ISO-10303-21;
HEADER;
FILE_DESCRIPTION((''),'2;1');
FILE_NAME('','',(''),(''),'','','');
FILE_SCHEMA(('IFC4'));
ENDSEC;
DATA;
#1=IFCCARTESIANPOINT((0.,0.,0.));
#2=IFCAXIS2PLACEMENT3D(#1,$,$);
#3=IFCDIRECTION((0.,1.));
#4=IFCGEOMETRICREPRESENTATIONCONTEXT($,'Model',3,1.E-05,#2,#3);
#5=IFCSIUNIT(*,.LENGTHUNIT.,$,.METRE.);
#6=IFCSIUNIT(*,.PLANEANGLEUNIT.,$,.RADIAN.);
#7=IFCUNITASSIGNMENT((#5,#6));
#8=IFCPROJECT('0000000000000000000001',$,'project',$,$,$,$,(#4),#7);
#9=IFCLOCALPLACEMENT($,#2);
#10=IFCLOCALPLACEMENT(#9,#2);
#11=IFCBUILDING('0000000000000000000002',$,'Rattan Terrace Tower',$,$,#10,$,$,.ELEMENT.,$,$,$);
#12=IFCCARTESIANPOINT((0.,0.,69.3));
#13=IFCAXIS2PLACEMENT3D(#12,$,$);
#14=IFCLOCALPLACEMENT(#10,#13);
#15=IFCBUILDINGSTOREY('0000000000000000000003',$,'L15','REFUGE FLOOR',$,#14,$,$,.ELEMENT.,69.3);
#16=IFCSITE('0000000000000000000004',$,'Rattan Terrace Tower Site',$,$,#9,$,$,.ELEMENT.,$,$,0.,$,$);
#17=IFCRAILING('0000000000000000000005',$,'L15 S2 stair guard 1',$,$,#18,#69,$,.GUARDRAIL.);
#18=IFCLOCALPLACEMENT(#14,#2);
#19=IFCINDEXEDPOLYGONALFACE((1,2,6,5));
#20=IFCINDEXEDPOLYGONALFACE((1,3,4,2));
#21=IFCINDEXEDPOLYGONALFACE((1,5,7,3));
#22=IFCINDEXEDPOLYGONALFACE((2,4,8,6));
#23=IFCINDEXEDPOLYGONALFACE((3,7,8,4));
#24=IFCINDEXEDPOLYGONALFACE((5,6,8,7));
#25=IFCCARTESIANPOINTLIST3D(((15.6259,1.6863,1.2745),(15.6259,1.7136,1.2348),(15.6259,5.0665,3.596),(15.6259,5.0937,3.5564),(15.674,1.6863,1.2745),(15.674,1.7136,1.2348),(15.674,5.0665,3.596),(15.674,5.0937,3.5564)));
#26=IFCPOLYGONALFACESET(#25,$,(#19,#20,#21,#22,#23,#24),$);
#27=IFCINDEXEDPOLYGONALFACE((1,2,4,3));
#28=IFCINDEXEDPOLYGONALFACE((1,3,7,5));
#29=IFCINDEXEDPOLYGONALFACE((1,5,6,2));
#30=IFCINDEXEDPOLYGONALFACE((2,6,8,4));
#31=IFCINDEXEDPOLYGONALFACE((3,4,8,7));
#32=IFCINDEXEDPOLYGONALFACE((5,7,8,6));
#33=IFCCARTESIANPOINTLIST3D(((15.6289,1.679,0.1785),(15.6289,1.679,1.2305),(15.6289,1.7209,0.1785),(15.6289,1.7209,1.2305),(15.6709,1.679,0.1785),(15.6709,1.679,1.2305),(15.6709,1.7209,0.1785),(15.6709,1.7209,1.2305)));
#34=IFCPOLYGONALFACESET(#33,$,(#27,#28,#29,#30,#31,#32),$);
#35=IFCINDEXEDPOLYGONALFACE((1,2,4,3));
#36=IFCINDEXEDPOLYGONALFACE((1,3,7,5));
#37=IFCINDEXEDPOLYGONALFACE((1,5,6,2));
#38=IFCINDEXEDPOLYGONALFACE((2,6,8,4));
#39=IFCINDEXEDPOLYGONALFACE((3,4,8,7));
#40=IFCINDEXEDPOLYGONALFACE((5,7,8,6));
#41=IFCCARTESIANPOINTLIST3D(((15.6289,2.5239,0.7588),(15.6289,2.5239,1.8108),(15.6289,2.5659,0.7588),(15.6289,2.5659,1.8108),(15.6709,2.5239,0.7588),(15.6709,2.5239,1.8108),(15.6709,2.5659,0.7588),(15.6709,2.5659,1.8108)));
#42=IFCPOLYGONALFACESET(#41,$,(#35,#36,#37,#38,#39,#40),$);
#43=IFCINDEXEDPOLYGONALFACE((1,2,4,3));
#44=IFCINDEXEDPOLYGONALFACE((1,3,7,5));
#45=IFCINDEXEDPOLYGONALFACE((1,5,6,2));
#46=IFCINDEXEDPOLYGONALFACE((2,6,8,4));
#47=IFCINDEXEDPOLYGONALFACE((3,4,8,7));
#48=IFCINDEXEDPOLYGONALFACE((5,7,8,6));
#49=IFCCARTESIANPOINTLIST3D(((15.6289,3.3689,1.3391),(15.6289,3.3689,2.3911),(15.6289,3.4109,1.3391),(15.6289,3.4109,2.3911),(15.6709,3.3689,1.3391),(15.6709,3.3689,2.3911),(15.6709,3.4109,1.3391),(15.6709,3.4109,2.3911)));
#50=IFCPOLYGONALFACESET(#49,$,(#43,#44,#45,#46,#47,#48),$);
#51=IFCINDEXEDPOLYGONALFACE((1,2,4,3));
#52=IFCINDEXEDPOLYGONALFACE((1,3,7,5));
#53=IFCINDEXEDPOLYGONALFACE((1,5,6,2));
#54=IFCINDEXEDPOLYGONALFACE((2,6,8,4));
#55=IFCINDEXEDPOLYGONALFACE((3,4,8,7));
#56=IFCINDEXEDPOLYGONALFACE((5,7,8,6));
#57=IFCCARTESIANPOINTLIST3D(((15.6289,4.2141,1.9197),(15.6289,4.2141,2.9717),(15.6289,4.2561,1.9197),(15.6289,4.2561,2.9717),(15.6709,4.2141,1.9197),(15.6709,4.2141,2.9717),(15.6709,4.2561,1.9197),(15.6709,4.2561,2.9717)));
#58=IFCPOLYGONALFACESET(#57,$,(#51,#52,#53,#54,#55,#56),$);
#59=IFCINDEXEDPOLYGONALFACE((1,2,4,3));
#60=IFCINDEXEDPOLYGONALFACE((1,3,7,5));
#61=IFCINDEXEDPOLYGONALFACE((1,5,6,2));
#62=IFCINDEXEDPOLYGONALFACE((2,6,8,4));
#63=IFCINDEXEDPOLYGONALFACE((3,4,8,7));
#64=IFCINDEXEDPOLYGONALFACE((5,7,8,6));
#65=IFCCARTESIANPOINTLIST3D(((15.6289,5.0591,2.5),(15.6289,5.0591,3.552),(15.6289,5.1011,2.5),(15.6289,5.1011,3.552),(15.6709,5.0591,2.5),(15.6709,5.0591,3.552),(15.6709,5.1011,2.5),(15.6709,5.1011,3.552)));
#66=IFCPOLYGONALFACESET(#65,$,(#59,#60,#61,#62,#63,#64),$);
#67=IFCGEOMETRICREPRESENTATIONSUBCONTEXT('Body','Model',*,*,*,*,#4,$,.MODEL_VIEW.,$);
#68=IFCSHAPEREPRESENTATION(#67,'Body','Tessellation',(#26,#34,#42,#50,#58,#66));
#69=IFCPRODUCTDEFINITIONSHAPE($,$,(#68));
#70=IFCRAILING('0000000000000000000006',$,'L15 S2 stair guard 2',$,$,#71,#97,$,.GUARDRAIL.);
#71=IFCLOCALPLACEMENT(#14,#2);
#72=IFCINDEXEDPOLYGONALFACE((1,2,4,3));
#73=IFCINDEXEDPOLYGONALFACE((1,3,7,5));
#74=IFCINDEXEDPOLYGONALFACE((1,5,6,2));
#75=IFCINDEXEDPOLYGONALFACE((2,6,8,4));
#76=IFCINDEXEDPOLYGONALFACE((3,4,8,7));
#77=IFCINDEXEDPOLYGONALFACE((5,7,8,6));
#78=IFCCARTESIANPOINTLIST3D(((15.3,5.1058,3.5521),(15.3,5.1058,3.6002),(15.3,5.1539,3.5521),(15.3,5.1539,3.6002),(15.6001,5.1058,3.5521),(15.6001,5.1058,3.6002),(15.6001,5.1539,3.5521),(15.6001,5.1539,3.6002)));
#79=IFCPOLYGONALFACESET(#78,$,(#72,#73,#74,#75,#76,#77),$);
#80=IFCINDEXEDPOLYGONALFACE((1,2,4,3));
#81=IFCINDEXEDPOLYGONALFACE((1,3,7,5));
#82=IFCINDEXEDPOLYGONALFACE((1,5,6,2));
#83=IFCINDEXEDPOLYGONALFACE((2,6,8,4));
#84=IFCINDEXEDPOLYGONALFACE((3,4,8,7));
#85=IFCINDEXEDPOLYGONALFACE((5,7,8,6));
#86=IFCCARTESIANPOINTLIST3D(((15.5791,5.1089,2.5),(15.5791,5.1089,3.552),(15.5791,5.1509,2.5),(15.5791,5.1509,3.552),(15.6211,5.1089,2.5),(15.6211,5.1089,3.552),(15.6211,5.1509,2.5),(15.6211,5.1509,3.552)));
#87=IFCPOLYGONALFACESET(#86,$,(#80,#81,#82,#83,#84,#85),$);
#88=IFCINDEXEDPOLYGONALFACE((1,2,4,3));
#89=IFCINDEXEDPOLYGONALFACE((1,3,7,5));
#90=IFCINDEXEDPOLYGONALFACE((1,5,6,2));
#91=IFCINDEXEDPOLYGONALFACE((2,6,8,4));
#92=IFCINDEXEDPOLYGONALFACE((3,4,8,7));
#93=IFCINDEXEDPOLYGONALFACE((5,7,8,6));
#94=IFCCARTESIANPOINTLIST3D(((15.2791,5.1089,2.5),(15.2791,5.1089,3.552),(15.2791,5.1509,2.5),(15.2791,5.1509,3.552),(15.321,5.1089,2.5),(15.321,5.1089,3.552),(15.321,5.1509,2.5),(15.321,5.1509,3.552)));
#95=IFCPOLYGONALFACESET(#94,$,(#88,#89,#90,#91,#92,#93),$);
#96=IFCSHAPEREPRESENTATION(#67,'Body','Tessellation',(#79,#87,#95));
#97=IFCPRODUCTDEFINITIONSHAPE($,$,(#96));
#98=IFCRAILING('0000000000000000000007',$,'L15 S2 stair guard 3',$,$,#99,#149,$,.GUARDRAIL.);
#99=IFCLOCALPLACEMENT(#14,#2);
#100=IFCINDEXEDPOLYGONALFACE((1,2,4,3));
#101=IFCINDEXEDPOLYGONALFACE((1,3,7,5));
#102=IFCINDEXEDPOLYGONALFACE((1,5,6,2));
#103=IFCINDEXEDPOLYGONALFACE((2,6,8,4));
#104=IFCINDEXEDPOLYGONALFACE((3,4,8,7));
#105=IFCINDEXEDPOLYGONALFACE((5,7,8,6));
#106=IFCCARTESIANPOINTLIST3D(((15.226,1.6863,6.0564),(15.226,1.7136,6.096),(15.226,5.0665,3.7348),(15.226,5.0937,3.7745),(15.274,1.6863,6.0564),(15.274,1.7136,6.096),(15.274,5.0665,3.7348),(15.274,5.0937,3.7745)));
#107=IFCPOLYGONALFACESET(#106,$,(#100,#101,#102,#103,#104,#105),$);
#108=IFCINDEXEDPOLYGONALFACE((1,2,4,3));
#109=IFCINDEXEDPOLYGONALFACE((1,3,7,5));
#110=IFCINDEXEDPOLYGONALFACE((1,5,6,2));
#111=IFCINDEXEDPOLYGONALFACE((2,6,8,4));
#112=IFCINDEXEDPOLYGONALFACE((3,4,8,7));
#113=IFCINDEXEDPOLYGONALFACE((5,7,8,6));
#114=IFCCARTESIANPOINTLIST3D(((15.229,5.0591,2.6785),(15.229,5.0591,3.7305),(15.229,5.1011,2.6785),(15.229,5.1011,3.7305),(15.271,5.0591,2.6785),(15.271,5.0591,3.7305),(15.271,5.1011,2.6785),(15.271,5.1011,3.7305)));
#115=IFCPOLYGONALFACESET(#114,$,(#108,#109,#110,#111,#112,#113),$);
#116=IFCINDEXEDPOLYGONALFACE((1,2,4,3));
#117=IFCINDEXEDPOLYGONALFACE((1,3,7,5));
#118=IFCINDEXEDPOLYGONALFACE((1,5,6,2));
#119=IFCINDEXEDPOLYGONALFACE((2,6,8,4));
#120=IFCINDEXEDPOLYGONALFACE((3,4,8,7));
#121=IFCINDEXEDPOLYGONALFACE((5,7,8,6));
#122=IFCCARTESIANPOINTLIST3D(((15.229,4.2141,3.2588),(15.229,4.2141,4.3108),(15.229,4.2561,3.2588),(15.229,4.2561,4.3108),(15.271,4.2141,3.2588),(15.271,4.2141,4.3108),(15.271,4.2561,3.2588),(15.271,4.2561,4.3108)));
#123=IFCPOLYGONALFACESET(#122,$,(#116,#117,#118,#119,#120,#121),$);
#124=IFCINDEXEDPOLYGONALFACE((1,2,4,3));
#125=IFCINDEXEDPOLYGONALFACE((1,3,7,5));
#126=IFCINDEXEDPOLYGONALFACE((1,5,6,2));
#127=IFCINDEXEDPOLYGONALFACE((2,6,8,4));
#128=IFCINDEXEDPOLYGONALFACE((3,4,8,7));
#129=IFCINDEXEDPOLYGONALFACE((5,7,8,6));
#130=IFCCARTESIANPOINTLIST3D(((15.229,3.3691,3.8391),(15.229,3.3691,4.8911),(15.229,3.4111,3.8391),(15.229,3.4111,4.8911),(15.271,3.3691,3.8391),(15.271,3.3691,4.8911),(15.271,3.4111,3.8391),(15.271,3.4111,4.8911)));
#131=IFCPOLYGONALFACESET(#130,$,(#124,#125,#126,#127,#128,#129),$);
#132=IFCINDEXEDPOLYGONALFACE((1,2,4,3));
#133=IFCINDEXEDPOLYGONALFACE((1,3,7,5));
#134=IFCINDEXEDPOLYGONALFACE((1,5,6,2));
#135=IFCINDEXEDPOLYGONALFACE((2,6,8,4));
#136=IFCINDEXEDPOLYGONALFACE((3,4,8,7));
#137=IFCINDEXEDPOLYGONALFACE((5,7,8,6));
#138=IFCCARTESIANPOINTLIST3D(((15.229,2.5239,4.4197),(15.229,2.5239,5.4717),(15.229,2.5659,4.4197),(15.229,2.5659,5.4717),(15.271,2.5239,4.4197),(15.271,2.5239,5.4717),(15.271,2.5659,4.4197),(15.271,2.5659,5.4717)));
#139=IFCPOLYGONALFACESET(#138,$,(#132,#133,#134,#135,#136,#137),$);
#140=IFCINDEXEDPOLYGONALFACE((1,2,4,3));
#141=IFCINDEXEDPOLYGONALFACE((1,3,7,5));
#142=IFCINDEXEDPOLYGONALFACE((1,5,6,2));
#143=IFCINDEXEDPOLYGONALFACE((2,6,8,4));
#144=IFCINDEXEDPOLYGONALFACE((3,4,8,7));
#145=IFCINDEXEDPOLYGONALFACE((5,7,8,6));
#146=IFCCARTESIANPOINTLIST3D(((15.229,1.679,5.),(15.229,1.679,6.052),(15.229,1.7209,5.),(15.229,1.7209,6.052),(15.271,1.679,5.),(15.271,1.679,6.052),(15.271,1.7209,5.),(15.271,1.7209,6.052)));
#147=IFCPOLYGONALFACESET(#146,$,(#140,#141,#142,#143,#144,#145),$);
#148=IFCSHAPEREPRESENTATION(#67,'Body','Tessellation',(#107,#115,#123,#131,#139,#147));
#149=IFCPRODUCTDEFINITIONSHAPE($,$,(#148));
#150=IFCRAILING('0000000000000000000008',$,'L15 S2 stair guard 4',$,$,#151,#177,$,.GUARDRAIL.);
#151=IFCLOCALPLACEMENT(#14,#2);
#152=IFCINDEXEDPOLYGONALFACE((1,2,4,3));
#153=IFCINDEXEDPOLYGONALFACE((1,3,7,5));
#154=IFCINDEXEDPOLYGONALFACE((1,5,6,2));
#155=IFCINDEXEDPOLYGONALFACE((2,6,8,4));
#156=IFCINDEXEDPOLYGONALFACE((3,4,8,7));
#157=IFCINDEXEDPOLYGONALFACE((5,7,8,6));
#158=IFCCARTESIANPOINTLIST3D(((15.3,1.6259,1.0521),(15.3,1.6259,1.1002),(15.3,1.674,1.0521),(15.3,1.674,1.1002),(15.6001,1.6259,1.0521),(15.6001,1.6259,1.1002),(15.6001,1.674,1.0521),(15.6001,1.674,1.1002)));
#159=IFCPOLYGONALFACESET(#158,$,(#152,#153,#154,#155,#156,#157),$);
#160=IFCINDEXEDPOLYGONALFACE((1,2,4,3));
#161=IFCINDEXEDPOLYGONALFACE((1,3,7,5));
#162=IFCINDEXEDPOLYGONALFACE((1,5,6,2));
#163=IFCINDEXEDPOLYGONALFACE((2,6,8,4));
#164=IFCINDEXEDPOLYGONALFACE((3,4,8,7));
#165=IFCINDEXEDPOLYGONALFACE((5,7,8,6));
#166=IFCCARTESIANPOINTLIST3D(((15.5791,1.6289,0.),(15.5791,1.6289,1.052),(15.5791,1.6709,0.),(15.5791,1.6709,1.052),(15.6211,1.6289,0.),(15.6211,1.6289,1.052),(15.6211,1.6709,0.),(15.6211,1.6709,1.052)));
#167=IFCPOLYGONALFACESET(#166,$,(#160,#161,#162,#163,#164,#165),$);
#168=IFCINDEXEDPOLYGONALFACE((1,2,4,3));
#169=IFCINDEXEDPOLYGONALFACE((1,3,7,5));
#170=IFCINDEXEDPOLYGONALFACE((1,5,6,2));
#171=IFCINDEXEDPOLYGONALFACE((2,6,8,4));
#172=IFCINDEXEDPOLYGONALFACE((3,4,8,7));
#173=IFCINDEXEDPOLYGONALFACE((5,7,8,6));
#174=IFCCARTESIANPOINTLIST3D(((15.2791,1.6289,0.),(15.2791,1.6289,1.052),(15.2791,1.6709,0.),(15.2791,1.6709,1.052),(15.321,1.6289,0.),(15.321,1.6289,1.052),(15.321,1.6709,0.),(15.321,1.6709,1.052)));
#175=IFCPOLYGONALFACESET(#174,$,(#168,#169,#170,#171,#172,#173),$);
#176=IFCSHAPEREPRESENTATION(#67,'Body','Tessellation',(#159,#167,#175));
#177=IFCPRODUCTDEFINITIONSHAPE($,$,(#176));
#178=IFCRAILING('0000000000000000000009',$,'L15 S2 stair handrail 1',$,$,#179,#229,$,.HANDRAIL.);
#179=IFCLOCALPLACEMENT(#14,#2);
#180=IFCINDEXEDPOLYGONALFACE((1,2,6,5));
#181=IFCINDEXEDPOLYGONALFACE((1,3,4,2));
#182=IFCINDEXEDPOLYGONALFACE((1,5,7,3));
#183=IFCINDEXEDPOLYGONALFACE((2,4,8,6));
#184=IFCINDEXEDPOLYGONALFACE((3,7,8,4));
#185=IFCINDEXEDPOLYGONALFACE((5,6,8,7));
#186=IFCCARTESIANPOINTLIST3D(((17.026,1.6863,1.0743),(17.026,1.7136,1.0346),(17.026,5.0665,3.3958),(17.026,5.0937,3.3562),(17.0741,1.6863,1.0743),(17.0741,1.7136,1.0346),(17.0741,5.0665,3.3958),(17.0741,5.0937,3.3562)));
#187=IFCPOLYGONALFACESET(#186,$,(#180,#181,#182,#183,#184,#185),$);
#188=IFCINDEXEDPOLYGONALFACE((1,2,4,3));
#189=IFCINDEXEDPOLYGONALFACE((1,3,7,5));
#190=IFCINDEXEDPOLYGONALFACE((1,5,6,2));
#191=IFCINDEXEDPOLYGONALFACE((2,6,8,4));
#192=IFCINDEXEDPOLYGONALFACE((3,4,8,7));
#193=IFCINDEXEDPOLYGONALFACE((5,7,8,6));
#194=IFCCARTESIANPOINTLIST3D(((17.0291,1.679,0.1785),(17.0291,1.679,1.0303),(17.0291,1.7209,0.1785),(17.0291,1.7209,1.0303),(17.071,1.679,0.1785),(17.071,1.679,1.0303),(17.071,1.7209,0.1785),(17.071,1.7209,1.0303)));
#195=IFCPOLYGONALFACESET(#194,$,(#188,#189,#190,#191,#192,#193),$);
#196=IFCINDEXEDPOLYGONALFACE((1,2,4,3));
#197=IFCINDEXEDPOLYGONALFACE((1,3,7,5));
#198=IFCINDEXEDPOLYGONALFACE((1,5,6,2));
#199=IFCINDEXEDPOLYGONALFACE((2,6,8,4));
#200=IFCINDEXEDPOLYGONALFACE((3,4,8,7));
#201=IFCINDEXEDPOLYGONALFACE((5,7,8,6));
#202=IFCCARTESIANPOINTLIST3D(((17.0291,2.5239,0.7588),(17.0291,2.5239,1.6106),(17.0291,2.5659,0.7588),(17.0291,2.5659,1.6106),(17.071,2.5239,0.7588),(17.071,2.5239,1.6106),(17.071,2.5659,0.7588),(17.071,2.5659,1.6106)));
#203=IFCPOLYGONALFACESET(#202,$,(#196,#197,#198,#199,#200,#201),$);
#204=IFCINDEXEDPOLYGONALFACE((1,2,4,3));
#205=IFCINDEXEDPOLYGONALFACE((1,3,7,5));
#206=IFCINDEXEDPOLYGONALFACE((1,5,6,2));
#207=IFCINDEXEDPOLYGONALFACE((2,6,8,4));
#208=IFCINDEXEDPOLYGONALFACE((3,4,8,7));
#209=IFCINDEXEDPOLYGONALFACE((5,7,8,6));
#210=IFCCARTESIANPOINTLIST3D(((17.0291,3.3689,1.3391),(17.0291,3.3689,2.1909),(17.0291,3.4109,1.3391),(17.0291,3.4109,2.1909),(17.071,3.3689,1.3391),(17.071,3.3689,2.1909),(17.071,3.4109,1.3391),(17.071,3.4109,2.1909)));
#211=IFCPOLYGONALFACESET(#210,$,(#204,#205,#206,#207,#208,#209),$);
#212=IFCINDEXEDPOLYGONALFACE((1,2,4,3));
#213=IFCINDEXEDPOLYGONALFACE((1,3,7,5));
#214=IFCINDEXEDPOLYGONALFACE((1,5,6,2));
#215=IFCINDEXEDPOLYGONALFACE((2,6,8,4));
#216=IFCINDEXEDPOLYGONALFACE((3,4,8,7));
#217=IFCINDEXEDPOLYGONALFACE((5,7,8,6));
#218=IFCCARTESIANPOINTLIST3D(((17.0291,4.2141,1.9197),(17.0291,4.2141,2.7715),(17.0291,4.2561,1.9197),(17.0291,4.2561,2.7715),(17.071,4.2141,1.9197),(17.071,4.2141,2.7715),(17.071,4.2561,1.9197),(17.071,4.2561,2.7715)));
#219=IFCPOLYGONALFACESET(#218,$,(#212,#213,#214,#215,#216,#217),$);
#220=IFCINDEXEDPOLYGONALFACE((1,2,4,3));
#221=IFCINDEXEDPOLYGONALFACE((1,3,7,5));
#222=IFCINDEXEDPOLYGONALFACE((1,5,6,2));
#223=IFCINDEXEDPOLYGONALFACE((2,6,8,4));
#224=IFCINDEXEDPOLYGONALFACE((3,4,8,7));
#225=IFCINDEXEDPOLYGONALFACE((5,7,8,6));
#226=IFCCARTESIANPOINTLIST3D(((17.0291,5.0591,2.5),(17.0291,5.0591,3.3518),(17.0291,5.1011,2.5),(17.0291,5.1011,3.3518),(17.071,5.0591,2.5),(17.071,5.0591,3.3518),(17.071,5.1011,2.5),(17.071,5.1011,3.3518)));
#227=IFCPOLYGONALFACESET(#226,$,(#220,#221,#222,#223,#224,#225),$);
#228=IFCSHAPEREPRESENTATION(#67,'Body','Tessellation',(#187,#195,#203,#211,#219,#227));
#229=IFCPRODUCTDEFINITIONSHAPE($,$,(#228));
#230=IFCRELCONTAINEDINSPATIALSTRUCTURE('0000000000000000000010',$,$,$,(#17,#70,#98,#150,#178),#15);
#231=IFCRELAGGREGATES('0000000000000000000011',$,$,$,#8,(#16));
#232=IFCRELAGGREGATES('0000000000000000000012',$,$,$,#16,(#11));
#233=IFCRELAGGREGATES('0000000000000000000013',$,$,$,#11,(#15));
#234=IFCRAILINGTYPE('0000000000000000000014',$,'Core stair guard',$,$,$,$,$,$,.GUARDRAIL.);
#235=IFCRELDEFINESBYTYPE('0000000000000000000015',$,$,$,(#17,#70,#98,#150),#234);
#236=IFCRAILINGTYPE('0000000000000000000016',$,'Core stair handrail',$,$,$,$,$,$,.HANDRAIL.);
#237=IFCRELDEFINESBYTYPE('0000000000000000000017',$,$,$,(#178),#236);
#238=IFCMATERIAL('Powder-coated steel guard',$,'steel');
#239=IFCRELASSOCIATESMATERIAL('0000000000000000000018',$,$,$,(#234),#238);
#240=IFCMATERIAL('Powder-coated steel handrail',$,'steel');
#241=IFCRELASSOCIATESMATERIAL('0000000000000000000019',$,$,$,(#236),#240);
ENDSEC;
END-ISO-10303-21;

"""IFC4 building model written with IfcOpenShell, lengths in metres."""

from ifc_helpers import new_model, si_unit, direction, frame, origin, origin_2d, place, context, subcontext, project, spatial, rectangle, extrude, material, type_object, element, save


model = new_model("IFC4")

# Units and contexts
model_context = context("Model", 3, precision=1e-05, world=origin(), true_north=direction((0.0, 1.0)))
body_context = subcontext(model_context, "Body", "Model", "MODEL_VIEW")
ifc_project = project(units=[si_unit("LENGTHUNIT", "METRE"), si_unit("PLANEANGLEUNIT", "RADIAN")], contexts=[model_context])

# Site, building, storey
site_placement = place(None, origin())
site = spatial("IfcSite", under=ifc_project, at=site_placement, Name="Rattan Terrace Tower Site", CompositionType="ELEMENT", RefElevation=0.0)
building_placement = place(site_placement, origin())
building = spatial("IfcBuilding", under=site, at=building_placement, Name="Rattan Terrace Tower", CompositionType="ELEMENT")
storey_placement = place(building_placement, frame((0.0, 0.0, 69.3)))
storey = spatial("IfcBuildingStorey", under=building, at=storey_placement, Name="L15", Description="REFUGE FLOOR", CompositionType="ELEMENT", Elevation=69.3)

# Railings
ifc_material_1 = material(Name="Powder-coated steel guard", Category="steel")
railing_type_1 = type_object("IfcRailingType", Name="Core stair guard", PredefinedType="GUARDRAIL", material=ifc_material_1)
railing_1_placement = place(storey_placement, frame((15.6499, 1.7, 0.1785)))
element("IfcRailing", 1, at=railing_1_placement, inside=storey, type_object=railing_type_1, Name="L15 S2 stair guard 1", PredefinedType="GUARDRAIL", context=body_context, shape_type="SweptSolid", body=[
    extrude(rectangle(XDim=0.0481, YDim=0.0481, at=origin_2d()), frame((0.0, 0.0, 1.0762), z_axis=(0.0, 0.824304, 0.566147), x_axis=(-1.0, 0.0, 0.0)), (0.0, 0.0, 1.0), 4.1006),
    extrude(rectangle(XDim=0.042, YDim=0.042, at=origin_2d()), origin(), (0.0, 0.0, 1.0), 1.052),
    extrude(rectangle(XDim=0.042, YDim=0.042, at=origin_2d()), frame((0.0, 0.845, 0.5803)), (0.0, 0.0, 1.0), 1.052),
    extrude(rectangle(XDim=0.042, YDim=0.042, at=origin_2d()), frame((0.0, 1.6899, 1.1606)), (0.0, 0.0, 1.0), 1.052),
    extrude(rectangle(XDim=0.042, YDim=0.042, at=origin_2d()), frame((0.0, 2.5352, 1.7412)), (0.0, 0.0, 1.0), 1.052),
    extrude(rectangle(XDim=0.042, YDim=0.042, at=origin_2d()), frame((0.0, 3.3801, 2.3215)), (0.0, 0.0, 1.0), 1.052),
])
railing_2_placement = place(storey_placement, frame((15.6001, 5.1299, 2.5)))
element("IfcRailing", 2, at=railing_2_placement, inside=storey, type_object=railing_type_1, Name="L15 S2 stair guard 2", PredefinedType="GUARDRAIL", context=body_context, shape_type="SweptSolid", body=[
    extrude(rectangle(XDim=0.0481, YDim=0.0481, at=origin_2d()), frame((0.0, 0.0, 1.0762), z_axis=(-1.0, 0.0, 0.0), x_axis=(0.0, -1.0, 0.0)), (0.0, 0.0, 1.0), 0.3),
    extrude(rectangle(XDim=0.042, YDim=0.042, at=origin_2d()), origin(), (0.0, 0.0, 1.0), 1.052),
    extrude(rectangle(XDim=0.042, YDim=0.042, at=origin_2d()), frame((-0.3, 0.0, 0.0)), (0.0, 0.0, 1.0), 1.052),
])
railing_3_placement = place(storey_placement, frame((15.25, 5.0801, 2.6785)))
element("IfcRailing", 3, at=railing_3_placement, inside=storey, type_object=railing_type_1, Name="L15 S2 stair guard 3", PredefinedType="GUARDRAIL", context=body_context, shape_type="SweptSolid", body=[
    extrude(rectangle(XDim=0.0481, YDim=0.0481, at=origin_2d()), frame((0.0, 0.0, 1.0762), z_axis=(0.0, -0.824304, 0.566147), x_axis=(1.0, 0.0, 0.0)), (0.0, 0.0, 1.0), 4.1006),
    extrude(rectangle(XDim=0.042, YDim=0.042, at=origin_2d()), origin(), (0.0, 0.0, 1.0), 1.052),
    extrude(rectangle(XDim=0.042, YDim=0.042, at=origin_2d()), frame((0.0, -0.845, 0.5803)), (0.0, 0.0, 1.0), 1.052),
    extrude(rectangle(XDim=0.042, YDim=0.042, at=origin_2d()), frame((0.0, -1.6899, 1.1606)), (0.0, 0.0, 1.0), 1.052),
    extrude(rectangle(XDim=0.042, YDim=0.042, at=origin_2d()), frame((0.0, -2.5352, 1.7412)), (0.0, 0.0, 1.0), 1.052),
    extrude(rectangle(XDim=0.042, YDim=0.042, at=origin_2d()), frame((0.0, -3.3801, 2.3215)), (0.0, 0.0, 1.0), 1.052),
])
railing_4_placement = place(storey_placement, frame((15.6001, 1.6499, 0.0)))
element("IfcRailing", 4, at=railing_4_placement, inside=storey, type_object=railing_type_1, Name="L15 S2 stair guard 4", PredefinedType="GUARDRAIL", context=body_context, shape_type="SweptSolid", body=[
    extrude(rectangle(XDim=0.0481, YDim=0.0481, at=origin_2d()), frame((0.0, 0.0, 1.0762), z_axis=(-1.0, 0.0, 0.0), x_axis=(0.0, -1.0, 0.0)), (0.0, 0.0, 1.0), 0.3),
    extrude(rectangle(XDim=0.042, YDim=0.042, at=origin_2d()), origin(), (0.0, 0.0, 1.0), 1.052),
    extrude(rectangle(XDim=0.042, YDim=0.042, at=origin_2d()), frame((-0.3, 0.0, 0.0)), (0.0, 0.0, 1.0), 1.052),
])
ifc_material_2 = material(Name="Powder-coated steel handrail", Category="steel")
railing_type_2 = type_object("IfcRailingType", Name="Core stair handrail", PredefinedType="HANDRAIL", material=ifc_material_2)
railing_5_placement = place(storey_placement, frame((17.05, 1.7, 0.1785)))
element("IfcRailing", 5, at=railing_5_placement, inside=storey, type_object=railing_type_2, Name="L15 S2 stair handrail 1", PredefinedType="HANDRAIL", context=body_context, shape_type="SweptSolid", body=[
    extrude(rectangle(XDim=0.0481, YDim=0.0481, at=origin_2d()), frame((0.0, 0.0, 0.876), z_axis=(0.0, 0.824304, 0.566147), x_axis=(-1.0, 0.0, 0.0)), (0.0, 0.0, 1.0), 4.1006),
    extrude(rectangle(XDim=0.042, YDim=0.042, at=origin_2d()), origin(), (0.0, 0.0, 1.0), 0.8518),
    extrude(rectangle(XDim=0.042, YDim=0.042, at=origin_2d()), frame((0.0, 0.845, 0.5803)), (0.0, 0.0, 1.0), 0.8518),
    extrude(rectangle(XDim=0.042, YDim=0.042, at=origin_2d()), frame((0.0, 1.6899, 1.1606)), (0.0, 0.0, 1.0), 0.8518),
    extrude(rectangle(XDim=0.042, YDim=0.042, at=origin_2d()), frame((0.0, 2.5352, 1.7412)), (0.0, 0.0, 1.0), 0.8518),
    extrude(rectangle(XDim=0.042, YDim=0.042, at=origin_2d()), frame((0.0, 3.3801, 2.3215)), (0.0, 0.0, 1.0), 0.8518),
])

save(model, "model.ifc")
